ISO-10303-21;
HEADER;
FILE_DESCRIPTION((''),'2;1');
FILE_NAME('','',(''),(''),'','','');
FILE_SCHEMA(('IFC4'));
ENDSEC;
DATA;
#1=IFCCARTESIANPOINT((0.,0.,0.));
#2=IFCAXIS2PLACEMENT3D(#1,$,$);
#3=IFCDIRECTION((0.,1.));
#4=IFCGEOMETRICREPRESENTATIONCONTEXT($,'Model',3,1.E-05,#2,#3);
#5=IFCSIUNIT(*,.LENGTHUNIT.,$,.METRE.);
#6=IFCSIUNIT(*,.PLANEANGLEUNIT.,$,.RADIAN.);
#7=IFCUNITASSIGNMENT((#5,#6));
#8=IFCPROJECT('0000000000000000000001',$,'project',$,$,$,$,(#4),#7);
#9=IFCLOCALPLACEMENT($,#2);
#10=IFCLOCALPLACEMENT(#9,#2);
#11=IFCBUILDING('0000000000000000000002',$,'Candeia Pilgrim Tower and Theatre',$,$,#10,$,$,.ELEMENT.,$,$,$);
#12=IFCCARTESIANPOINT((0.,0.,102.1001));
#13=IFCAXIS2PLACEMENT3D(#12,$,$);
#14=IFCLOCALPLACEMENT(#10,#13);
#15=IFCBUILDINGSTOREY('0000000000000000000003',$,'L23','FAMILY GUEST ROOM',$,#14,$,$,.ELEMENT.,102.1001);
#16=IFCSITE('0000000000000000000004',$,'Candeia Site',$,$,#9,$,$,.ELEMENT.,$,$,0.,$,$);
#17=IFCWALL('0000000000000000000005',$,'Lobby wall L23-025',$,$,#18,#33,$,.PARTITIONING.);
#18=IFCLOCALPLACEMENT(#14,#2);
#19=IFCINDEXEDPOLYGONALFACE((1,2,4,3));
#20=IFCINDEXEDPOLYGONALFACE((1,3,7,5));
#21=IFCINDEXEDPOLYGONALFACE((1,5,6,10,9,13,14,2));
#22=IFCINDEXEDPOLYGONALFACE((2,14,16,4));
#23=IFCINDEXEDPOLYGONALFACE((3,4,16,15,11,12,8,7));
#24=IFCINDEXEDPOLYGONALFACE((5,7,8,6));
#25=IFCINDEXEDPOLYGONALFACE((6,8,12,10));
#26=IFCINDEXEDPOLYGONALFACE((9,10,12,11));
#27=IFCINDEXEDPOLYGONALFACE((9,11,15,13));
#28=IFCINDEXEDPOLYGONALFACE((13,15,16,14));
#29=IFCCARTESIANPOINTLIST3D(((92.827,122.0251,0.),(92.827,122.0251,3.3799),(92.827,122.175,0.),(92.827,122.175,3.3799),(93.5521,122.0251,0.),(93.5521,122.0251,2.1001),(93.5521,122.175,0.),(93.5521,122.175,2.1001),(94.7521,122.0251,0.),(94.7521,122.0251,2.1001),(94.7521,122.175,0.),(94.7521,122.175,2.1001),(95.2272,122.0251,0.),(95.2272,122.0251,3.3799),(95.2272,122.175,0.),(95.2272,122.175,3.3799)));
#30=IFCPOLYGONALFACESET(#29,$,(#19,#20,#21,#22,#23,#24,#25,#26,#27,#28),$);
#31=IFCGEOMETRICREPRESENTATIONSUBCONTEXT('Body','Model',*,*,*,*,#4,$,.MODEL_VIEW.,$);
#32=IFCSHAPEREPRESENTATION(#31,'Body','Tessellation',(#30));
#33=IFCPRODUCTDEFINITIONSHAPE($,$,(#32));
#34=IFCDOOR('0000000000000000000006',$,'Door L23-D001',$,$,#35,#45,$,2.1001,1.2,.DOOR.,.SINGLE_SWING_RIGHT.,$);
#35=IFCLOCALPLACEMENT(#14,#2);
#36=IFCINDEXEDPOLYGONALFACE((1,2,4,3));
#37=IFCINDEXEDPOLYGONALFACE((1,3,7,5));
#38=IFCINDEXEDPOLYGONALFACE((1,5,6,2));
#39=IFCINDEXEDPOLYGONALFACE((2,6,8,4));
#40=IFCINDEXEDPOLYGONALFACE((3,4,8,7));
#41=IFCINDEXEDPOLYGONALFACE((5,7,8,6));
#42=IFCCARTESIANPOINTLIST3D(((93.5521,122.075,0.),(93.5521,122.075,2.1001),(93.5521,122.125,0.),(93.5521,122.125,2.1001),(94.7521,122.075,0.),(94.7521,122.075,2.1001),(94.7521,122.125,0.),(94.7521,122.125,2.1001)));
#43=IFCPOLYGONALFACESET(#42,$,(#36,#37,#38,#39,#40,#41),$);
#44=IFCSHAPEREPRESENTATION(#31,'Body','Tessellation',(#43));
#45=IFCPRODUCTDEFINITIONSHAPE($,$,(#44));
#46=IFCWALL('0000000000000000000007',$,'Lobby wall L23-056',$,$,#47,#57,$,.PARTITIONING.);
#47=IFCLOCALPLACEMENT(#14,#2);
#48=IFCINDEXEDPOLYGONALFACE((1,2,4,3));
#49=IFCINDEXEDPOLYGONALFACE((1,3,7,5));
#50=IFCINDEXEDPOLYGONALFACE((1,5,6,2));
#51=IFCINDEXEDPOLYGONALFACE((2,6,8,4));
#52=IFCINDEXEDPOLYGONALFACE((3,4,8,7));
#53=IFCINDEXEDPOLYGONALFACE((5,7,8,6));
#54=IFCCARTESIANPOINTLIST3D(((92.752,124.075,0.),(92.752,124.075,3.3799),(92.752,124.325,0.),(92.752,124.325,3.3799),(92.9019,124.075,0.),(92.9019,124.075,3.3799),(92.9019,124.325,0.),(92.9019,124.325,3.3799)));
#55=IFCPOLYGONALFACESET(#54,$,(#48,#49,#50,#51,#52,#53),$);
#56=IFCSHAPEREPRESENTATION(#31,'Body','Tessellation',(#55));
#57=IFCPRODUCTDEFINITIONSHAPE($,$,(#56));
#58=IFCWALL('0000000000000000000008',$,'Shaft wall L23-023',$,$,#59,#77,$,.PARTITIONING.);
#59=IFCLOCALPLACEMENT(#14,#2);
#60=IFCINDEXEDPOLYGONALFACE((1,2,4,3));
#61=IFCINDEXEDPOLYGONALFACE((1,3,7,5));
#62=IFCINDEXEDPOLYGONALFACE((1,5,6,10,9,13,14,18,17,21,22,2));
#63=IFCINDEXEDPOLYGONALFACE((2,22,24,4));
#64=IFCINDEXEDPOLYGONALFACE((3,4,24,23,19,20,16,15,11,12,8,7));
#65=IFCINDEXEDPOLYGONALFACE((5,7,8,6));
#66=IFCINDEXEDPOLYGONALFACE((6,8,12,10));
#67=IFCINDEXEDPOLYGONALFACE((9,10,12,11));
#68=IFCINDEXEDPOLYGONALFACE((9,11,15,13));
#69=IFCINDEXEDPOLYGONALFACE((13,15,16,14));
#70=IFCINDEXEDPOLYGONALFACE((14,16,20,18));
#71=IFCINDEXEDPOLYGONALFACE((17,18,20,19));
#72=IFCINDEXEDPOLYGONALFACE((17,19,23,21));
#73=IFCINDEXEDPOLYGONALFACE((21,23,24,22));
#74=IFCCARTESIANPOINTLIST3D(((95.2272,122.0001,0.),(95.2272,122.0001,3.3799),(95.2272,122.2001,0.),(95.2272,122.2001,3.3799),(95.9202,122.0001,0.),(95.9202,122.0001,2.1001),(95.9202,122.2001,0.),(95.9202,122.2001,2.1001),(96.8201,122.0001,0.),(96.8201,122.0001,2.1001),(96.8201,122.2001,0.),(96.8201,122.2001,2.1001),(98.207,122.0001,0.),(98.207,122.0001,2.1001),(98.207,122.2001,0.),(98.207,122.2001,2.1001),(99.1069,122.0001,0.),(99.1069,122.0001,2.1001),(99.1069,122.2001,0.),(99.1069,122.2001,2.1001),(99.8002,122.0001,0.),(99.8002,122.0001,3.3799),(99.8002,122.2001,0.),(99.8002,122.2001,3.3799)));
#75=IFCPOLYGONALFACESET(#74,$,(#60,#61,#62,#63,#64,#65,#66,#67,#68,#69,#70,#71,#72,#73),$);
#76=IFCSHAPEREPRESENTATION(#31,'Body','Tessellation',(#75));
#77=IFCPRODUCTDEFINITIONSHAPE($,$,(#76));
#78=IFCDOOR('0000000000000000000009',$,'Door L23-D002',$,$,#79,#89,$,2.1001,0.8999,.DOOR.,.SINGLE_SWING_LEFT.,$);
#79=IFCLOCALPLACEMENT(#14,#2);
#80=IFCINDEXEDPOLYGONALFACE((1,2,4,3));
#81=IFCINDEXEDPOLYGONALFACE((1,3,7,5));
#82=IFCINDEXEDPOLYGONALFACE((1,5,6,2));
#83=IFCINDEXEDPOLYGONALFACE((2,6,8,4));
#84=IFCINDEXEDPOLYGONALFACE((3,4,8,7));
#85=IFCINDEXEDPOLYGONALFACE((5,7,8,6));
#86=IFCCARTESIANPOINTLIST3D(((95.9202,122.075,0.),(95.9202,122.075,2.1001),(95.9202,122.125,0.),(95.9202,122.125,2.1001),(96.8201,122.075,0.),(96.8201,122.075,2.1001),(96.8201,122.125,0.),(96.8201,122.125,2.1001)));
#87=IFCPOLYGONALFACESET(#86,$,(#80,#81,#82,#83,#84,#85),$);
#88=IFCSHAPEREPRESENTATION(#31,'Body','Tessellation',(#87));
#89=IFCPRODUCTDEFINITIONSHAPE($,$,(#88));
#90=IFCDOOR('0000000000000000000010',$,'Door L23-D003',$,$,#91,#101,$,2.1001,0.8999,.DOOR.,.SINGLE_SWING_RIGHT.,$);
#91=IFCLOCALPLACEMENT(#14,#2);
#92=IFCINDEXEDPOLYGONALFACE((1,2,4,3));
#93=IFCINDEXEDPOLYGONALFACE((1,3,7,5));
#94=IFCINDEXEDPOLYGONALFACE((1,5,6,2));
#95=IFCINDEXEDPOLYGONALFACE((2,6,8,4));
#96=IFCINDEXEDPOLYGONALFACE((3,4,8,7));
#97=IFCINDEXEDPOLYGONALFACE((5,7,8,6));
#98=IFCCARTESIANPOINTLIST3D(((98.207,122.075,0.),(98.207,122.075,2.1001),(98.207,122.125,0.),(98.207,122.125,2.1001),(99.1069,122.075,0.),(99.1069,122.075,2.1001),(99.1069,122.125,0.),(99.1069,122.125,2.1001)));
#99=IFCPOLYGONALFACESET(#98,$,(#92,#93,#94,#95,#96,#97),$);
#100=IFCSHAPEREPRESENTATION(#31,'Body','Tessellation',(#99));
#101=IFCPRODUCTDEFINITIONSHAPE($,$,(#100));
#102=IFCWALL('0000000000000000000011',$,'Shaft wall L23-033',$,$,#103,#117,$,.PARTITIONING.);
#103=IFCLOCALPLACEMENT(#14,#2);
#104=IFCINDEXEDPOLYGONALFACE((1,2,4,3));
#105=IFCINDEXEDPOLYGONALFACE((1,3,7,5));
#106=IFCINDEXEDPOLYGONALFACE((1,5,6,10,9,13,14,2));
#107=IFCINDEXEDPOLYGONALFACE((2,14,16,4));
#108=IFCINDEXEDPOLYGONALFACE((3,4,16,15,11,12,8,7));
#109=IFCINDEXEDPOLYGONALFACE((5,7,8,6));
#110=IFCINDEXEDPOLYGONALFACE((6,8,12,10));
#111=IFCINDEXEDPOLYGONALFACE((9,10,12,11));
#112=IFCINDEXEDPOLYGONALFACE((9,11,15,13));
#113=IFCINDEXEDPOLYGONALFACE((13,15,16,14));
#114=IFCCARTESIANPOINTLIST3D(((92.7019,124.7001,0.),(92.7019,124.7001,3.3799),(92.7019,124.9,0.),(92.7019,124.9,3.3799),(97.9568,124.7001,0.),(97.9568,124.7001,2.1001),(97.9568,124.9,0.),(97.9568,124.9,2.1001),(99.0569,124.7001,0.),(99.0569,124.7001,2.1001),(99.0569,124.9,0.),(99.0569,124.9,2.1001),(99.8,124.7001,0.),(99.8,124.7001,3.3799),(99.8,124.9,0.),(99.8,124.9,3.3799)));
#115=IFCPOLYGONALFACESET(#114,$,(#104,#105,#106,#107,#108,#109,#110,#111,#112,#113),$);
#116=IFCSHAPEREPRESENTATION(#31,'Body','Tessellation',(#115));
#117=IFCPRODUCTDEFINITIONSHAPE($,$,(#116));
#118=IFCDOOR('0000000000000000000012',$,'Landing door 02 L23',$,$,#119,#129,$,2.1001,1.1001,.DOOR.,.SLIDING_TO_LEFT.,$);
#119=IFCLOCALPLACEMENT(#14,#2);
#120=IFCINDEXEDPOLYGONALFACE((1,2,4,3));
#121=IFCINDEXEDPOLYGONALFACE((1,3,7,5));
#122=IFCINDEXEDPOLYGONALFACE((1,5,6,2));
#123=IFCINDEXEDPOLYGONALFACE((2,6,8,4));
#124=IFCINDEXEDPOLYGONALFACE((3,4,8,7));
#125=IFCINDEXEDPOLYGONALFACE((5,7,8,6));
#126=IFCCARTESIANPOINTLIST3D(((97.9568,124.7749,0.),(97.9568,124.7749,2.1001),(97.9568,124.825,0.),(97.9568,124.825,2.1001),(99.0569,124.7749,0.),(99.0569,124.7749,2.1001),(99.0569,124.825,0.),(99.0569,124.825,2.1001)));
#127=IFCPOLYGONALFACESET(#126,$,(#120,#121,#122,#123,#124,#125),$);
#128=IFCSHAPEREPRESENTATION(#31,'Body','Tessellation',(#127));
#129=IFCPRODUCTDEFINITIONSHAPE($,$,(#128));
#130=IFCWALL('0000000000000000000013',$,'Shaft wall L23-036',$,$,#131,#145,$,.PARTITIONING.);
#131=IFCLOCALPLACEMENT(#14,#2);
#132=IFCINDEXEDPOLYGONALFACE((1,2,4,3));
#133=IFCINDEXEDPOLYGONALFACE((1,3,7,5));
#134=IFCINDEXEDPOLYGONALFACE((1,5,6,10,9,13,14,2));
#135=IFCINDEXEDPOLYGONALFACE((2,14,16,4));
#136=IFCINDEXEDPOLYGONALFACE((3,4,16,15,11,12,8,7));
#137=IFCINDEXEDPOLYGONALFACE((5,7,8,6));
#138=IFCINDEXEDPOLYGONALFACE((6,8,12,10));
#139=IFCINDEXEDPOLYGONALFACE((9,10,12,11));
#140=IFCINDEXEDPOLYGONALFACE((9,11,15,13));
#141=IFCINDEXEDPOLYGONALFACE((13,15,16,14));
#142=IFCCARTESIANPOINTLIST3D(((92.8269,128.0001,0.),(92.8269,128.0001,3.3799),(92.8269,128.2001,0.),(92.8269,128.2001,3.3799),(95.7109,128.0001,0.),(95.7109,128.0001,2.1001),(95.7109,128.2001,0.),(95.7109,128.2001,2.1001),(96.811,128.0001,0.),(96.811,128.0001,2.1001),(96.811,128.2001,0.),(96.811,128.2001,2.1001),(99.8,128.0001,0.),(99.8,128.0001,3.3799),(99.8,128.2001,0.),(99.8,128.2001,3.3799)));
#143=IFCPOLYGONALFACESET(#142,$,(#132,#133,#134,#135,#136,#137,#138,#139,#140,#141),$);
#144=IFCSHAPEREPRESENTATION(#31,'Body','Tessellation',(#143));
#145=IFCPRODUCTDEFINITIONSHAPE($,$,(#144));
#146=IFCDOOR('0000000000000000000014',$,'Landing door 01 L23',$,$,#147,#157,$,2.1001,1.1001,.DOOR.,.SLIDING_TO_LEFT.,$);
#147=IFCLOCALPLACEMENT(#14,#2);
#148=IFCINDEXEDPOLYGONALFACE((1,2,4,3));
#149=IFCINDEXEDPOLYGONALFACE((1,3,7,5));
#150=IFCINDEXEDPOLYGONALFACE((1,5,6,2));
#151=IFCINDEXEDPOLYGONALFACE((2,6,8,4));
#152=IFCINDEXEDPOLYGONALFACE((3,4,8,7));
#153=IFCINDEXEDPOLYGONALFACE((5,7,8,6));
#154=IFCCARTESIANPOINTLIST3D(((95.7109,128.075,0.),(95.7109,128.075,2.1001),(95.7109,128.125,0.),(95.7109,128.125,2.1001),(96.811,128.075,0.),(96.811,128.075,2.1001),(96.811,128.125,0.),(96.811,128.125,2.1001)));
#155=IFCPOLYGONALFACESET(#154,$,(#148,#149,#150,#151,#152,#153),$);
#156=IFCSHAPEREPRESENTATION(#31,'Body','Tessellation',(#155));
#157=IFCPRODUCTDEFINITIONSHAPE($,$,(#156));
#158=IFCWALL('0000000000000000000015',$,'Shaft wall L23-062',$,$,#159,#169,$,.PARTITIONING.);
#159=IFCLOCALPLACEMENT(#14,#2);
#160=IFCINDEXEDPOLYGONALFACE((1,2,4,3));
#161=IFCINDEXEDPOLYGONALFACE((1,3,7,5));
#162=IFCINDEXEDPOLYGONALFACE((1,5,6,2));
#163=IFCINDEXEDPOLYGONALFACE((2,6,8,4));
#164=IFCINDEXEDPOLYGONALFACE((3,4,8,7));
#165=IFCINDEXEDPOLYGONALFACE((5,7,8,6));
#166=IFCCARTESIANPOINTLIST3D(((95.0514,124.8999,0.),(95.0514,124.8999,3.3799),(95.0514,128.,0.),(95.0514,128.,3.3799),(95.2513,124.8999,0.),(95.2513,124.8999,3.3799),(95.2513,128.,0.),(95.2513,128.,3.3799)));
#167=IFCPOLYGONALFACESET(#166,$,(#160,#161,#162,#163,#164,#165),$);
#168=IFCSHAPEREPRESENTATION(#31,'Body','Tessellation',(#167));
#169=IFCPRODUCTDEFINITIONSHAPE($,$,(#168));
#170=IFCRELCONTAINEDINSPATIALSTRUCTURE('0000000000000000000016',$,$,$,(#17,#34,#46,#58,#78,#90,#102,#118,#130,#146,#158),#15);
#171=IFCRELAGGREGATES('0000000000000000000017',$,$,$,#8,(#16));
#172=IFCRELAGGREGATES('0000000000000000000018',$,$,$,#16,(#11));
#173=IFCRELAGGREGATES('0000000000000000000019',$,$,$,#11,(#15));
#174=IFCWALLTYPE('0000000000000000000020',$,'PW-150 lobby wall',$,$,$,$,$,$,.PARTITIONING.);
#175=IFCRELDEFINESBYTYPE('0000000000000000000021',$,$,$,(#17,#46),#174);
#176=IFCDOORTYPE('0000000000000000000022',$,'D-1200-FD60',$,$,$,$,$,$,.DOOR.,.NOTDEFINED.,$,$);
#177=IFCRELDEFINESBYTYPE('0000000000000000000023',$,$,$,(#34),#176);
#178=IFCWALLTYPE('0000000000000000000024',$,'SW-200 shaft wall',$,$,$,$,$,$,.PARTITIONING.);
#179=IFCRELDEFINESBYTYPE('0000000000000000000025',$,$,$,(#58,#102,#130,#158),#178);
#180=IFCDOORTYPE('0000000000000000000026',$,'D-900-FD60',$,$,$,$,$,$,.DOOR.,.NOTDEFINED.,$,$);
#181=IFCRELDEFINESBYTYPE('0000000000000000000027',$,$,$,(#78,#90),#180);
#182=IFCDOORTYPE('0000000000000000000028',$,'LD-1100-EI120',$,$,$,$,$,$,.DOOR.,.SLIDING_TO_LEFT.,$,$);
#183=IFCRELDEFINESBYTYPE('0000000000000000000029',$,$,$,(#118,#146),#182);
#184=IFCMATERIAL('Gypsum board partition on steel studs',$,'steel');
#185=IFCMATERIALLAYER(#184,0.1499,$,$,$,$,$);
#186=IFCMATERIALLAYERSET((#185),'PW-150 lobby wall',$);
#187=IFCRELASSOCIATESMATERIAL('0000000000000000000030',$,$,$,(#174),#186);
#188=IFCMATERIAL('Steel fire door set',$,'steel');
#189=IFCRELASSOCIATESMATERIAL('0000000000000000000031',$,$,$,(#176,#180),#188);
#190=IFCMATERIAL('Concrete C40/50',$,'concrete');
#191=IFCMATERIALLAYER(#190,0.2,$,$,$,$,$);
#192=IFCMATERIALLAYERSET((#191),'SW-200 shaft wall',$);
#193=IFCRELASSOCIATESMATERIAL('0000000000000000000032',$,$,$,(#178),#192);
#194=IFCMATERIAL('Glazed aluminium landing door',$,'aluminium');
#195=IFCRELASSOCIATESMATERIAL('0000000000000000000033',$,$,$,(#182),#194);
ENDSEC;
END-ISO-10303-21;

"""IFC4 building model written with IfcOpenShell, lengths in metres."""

from ifc_helpers import new_model, si_unit, direction, frame, frame_2d, origin, place, context, subcontext, project, spatial, rectangle, extrude, material, layer, layer_set, type_object, element, fill, save


model = new_model("IFC4")

# Units and contexts
model_context = context("Model", 3, precision=1e-05, world=origin(), true_north=direction((0.0, 1.0)))
body_context = subcontext(model_context, "Body", "Model", "MODEL_VIEW")
ifc_project = project(units=[si_unit("LENGTHUNIT", "METRE"), si_unit("PLANEANGLEUNIT", "RADIAN")], contexts=[model_context])

# Site, building, storey
site_placement = place(None, origin())
site = spatial("IfcSite", under=ifc_project, at=site_placement, Name="Candeia Site", CompositionType="ELEMENT", RefElevation=0.0)
building_placement = place(site_placement, origin())
building = spatial("IfcBuilding", under=site, at=building_placement, Name="Candeia Pilgrim Tower and Theatre", CompositionType="ELEMENT")
storey_placement = place(building_placement, frame((0.0, 0.0, 102.1001)))
storey = spatial("IfcBuildingStorey", under=building, at=storey_placement, Name="L23", Description="FAMILY GUEST ROOM", CompositionType="ELEMENT", Elevation=102.1001)

# Wall, opening, door
ifc_material_1 = material(Name="Gypsum board partition on steel studs", Category="steel")
ifc_layer_1 = layer(ifc_material_1, 0.1499)
ifc_layer_set_1 = layer_set([ifc_layer_1], Name="PW-150 lobby wall")
wall_type_1 = type_object("IfcWallType", Name="PW-150 lobby wall", PredefinedType="PARTITIONING", material=ifc_layer_set_1)
wall_1_placement = place(storey_placement, frame((92.8269, 122.1001, 0.0), z_axis=(0.0, 0.0, 1.0), x_axis=(1.0, 0.0, 0.0)))
wall_1 = element("IfcWall", 1, at=wall_1_placement, inside=storey, type_object=wall_type_1, Name="Lobby wall L23-025", PredefinedType="PARTITIONING", context=body_context, shape_type="SweptSolid", body=[
    extrude(rectangle(XDim=2.4001, YDim=0.1499, at=frame_2d((1.2002, 0.0))), origin(), (0.0, 0.0, 1.0), 3.3799),
])
opening_1_placement = place(wall_1_placement, frame((0.7251, 0.0, 0.0)))
opening_1 = element("IfcOpeningElement", 2, at=opening_1_placement, cuts=wall_1, PredefinedType="OPENING", context=body_context, shape_type="SweptSolid", body=[
    extrude(rectangle(XDim=1.2, YDim=2.1001, at=frame_2d((0.6001, 1.05))), frame((0.0, 0.085, 0.0), z_axis=(0.0, -1.0, 0.0), x_axis=(1.0, 0.0, 0.0)), (0.0, 0.0, 1.0), 0.1699),
])
ifc_material_2 = material(Name="Steel fire door set", Category="steel")
door_type_1 = type_object("IfcDoorType", Name="D-1200-FD60", OperationType="NOTDEFINED", PredefinedType="DOOR", material=ifc_material_2)
door_1_placement = place(opening_1_placement, origin())
door_1 = element("IfcDoor", 3, at=door_1_placement, inside=storey, type_object=door_type_1, Name="Door L23-D001", OperationType="SINGLE_SWING_RIGHT", OverallHeight=2.1001, OverallWidth=1.2, PredefinedType="DOOR", context=body_context, shape_type="SweptSolid", body=[
    extrude(rectangle(XDim=1.2, YDim=2.1001, at=frame_2d((0.6001, 1.05))), frame((0.0, 0.0249, 0.0), z_axis=(0.0, -1.0, 0.0), x_axis=(1.0, 0.0, 0.0)), (0.0, 0.0, 1.0), 0.05),
])
fill(opening_1, door_1)

# Wall
wall_2_placement = place(storey_placement, frame((92.8269, 124.075, 0.0), z_axis=(0.0, 0.0, 1.0), x_axis=(0.0, 1.0, 0.0)))
element("IfcWall", 4, at=wall_2_placement, inside=storey, type_object=wall_type_1, Name="Lobby wall L23-056", PredefinedType="PARTITIONING", context=body_context, shape_type="SweptSolid", body=[
    extrude(rectangle(XDim=0.25, YDim=0.1499, at=frame_2d((0.125, 0.0))), origin(), (0.0, 0.0, 1.0), 3.3799),
])

# Wall, openings, doors
ifc_material_3 = material(Name="Concrete C40/50", Category="concrete")
ifc_layer_2 = layer(ifc_material_3, 0.2)
ifc_layer_set_2 = layer_set([ifc_layer_2], Name="SW-200 shaft wall")
wall_type_2 = type_object("IfcWallType", Name="SW-200 shaft wall", PredefinedType="PARTITIONING", material=ifc_layer_set_2)
wall_3_placement = place(storey_placement, frame((95.2271, 122.1001, 0.0), z_axis=(0.0, 0.0, 1.0), x_axis=(1.0, 0.0, 0.0)))
wall_3 = element("IfcWall", 5, at=wall_3_placement, inside=storey, type_object=wall_type_2, Name="Shaft wall L23-023", PredefinedType="PARTITIONING", context=body_context, shape_type="SweptSolid", body=[
    extrude(rectangle(XDim=4.573, YDim=0.2, at=frame_2d((2.2866, 0.0))), origin(), (0.0, 0.0, 1.0), 3.3799),
])
opening_2_placement = place(wall_3_placement, frame((0.6931, 0.0, 0.0)))
opening_2 = element("IfcOpeningElement", 6, at=opening_2_placement, cuts=wall_3, PredefinedType="OPENING", context=body_context, shape_type="SweptSolid", body=[
    extrude(rectangle(XDim=0.8999, YDim=2.1001, at=frame_2d((0.45, 1.05))), frame((0.0, 0.1099, 0.0), z_axis=(0.0, -1.0, 0.0), x_axis=(1.0, 0.0, 0.0)), (0.0, 0.0, 1.0), 0.22),
])
opening_3_placement = place(wall_3_placement, frame((2.98, 0.0, 0.0)))
opening_3 = element("IfcOpeningElement", 7, at=opening_3_placement, cuts=wall_3, PredefinedType="OPENING", context=body_context, shape_type="SweptSolid", body=[
    extrude(rectangle(XDim=0.8999, YDim=2.1001, at=frame_2d((0.45, 1.05))), frame((0.0, 0.1099, 0.0), z_axis=(0.0, -1.0, 0.0), x_axis=(1.0, 0.0, 0.0)), (0.0, 0.0, 1.0), 0.22),
])
door_type_2 = type_object("IfcDoorType", Name="D-900-FD60", OperationType="NOTDEFINED", PredefinedType="DOOR", material=ifc_material_2)
door_2_placement = place(opening_2_placement, origin())
door_2 = element("IfcDoor", 8, at=door_2_placement, inside=storey, type_object=door_type_2, Name="Door L23-D002", OperationType="SINGLE_SWING_LEFT", OverallHeight=2.1001, OverallWidth=0.8999, PredefinedType="DOOR", context=body_context, shape_type="SweptSolid", body=[
    extrude(rectangle(XDim=0.8999, YDim=2.1001, at=frame_2d((0.45, 1.05))), frame((0.0, 0.0249, 0.0), z_axis=(0.0, -1.0, 0.0), x_axis=(1.0, 0.0, 0.0)), (0.0, 0.0, 1.0), 0.05),
])
fill(opening_2, door_2)
door_3_placement = place(opening_3_placement, origin())
door_3 = element("IfcDoor", 9, at=door_3_placement, inside=storey, type_object=door_type_2, Name="Door L23-D003", OperationType="SINGLE_SWING_RIGHT", OverallHeight=2.1001, OverallWidth=0.8999, PredefinedType="DOOR", context=body_context, shape_type="SweptSolid", body=[
    extrude(rectangle(XDim=0.8999, YDim=2.1001, at=frame_2d((0.45, 1.05))), frame((0.0, 0.0249, 0.0), z_axis=(0.0, -1.0, 0.0), x_axis=(1.0, 0.0, 0.0)), (0.0, 0.0, 1.0), 0.05),
])
fill(opening_3, door_3)

# Walls, openings, doors
wall_4_placement = place(storey_placement, frame((92.7019, 124.8, 0.0), z_axis=(0.0, 0.0, 1.0), x_axis=(1.0, 0.0, 0.0)))
wall_4 = element("IfcWall", 10, at=wall_4_placement, inside=storey, type_object=wall_type_2, Name="Shaft wall L23-033", PredefinedType="PARTITIONING", context=body_context, shape_type="SweptSolid", body=[
    extrude(rectangle(XDim=7.0981, YDim=0.2, at=frame_2d((3.5491, 0.0))), origin(), (0.0, 0.0, 1.0), 3.3799),
])
opening_4_placement = place(wall_4_placement, frame((5.2549, 0.0, 0.0)))
opening_4 = element("IfcOpeningElement", 11, at=opening_4_placement, cuts=wall_4, PredefinedType="OPENING", context=body_context, shape_type="SweptSolid", body=[
    extrude(rectangle(XDim=1.1001, YDim=2.1001, at=frame_2d((0.55, 1.05))), frame((0.0, 0.1099, 0.0), z_axis=(0.0, -1.0, 0.0), x_axis=(1.0, 0.0, 0.0)), (0.0, 0.0, 1.0), 0.22),
])
ifc_material_4 = material(Name="Glazed aluminium landing door", Category="aluminium")
door_type_3 = type_object("IfcDoorType", Name="LD-1100-EI120", OperationType="SLIDING_TO_LEFT", PredefinedType="DOOR", material=ifc_material_4)
door_4_placement = place(opening_4_placement, origin())
door_4 = element("IfcDoor", 12, at=door_4_placement, inside=storey, type_object=door_type_3, Name="Landing door 02 L23", OperationType="SLIDING_TO_LEFT", OverallHeight=2.1001, OverallWidth=1.1001, PredefinedType="DOOR", context=body_context, shape_type="SweptSolid", body=[
    extrude(rectangle(XDim=1.1001, YDim=2.1001, at=frame_2d((0.55, 1.05))), frame((0.0, 0.0249, 0.0), z_axis=(0.0, -1.0, 0.0), x_axis=(1.0, 0.0, 0.0)), (0.0, 0.0, 1.0), 0.05),
])
fill(opening_4, door_4)
wall_5_placement = place(storey_placement, frame((92.8269, 128.1001, 0.0), z_axis=(0.0, 0.0, 1.0), x_axis=(1.0, 0.0, 0.0)))
wall_5 = element("IfcWall", 13, at=wall_5_placement, inside=storey, type_object=wall_type_2, Name="Shaft wall L23-036", PredefinedType="PARTITIONING", context=body_context, shape_type="SweptSolid", body=[
    extrude(rectangle(XDim=6.9731, YDim=0.2, at=frame_2d((3.4866, 0.0))), origin(), (0.0, 0.0, 1.0), 3.3799),
])
opening_5_placement = place(wall_5_placement, frame((2.884, 0.0, 0.0)))
opening_5 = element("IfcOpeningElement", 14, at=opening_5_placement, cuts=wall_5, PredefinedType="OPENING", context=body_context, shape_type="SweptSolid", body=[
    extrude(rectangle(XDim=1.1001, YDim=2.1001, at=frame_2d((0.55, 1.05))), frame((0.0, 0.1099, 0.0), z_axis=(0.0, -1.0, 0.0), x_axis=(1.0, 0.0, 0.0)), (0.0, 0.0, 1.0), 0.22),
])
door_5_placement = place(opening_5_placement, origin())
door_5 = element("IfcDoor", 15, at=door_5_placement, inside=storey, type_object=door_type_3, Name="Landing door 01 L23", OperationType="SLIDING_TO_LEFT", OverallHeight=2.1001, OverallWidth=1.1001, PredefinedType="DOOR", context=body_context, shape_type="SweptSolid", body=[
    extrude(rectangle(XDim=1.1001, YDim=2.1001, at=frame_2d((0.55, 1.05))), frame((0.0, 0.0249, 0.0), z_axis=(0.0, -1.0, 0.0), x_axis=(1.0, 0.0, 0.0)), (0.0, 0.0, 1.0), 0.05),
])
fill(opening_5, door_5)

# Wall
for number, where, z_axis, x_axis, name in (
    (16, (95.1514, 124.8999, 0.0), (0.0, 0.0, 1.0), (0.0, 1.0, 0.0), "Shaft wall L23-062"),
):
    element("IfcWall", number, at=place(storey_placement, frame(where, z_axis=z_axis, x_axis=x_axis)), inside=storey, type_object=wall_type_2, Name=name, PredefinedType="PARTITIONING", context=body_context, shape_type="SweptSolid", body=[
        extrude(rectangle(XDim=3.1001, YDim=0.2, at=frame_2d((1.55, 0.0))), origin(), (0.0, 0.0, 1.0), 3.3799),
    ])

save(model, "model.ifc")
